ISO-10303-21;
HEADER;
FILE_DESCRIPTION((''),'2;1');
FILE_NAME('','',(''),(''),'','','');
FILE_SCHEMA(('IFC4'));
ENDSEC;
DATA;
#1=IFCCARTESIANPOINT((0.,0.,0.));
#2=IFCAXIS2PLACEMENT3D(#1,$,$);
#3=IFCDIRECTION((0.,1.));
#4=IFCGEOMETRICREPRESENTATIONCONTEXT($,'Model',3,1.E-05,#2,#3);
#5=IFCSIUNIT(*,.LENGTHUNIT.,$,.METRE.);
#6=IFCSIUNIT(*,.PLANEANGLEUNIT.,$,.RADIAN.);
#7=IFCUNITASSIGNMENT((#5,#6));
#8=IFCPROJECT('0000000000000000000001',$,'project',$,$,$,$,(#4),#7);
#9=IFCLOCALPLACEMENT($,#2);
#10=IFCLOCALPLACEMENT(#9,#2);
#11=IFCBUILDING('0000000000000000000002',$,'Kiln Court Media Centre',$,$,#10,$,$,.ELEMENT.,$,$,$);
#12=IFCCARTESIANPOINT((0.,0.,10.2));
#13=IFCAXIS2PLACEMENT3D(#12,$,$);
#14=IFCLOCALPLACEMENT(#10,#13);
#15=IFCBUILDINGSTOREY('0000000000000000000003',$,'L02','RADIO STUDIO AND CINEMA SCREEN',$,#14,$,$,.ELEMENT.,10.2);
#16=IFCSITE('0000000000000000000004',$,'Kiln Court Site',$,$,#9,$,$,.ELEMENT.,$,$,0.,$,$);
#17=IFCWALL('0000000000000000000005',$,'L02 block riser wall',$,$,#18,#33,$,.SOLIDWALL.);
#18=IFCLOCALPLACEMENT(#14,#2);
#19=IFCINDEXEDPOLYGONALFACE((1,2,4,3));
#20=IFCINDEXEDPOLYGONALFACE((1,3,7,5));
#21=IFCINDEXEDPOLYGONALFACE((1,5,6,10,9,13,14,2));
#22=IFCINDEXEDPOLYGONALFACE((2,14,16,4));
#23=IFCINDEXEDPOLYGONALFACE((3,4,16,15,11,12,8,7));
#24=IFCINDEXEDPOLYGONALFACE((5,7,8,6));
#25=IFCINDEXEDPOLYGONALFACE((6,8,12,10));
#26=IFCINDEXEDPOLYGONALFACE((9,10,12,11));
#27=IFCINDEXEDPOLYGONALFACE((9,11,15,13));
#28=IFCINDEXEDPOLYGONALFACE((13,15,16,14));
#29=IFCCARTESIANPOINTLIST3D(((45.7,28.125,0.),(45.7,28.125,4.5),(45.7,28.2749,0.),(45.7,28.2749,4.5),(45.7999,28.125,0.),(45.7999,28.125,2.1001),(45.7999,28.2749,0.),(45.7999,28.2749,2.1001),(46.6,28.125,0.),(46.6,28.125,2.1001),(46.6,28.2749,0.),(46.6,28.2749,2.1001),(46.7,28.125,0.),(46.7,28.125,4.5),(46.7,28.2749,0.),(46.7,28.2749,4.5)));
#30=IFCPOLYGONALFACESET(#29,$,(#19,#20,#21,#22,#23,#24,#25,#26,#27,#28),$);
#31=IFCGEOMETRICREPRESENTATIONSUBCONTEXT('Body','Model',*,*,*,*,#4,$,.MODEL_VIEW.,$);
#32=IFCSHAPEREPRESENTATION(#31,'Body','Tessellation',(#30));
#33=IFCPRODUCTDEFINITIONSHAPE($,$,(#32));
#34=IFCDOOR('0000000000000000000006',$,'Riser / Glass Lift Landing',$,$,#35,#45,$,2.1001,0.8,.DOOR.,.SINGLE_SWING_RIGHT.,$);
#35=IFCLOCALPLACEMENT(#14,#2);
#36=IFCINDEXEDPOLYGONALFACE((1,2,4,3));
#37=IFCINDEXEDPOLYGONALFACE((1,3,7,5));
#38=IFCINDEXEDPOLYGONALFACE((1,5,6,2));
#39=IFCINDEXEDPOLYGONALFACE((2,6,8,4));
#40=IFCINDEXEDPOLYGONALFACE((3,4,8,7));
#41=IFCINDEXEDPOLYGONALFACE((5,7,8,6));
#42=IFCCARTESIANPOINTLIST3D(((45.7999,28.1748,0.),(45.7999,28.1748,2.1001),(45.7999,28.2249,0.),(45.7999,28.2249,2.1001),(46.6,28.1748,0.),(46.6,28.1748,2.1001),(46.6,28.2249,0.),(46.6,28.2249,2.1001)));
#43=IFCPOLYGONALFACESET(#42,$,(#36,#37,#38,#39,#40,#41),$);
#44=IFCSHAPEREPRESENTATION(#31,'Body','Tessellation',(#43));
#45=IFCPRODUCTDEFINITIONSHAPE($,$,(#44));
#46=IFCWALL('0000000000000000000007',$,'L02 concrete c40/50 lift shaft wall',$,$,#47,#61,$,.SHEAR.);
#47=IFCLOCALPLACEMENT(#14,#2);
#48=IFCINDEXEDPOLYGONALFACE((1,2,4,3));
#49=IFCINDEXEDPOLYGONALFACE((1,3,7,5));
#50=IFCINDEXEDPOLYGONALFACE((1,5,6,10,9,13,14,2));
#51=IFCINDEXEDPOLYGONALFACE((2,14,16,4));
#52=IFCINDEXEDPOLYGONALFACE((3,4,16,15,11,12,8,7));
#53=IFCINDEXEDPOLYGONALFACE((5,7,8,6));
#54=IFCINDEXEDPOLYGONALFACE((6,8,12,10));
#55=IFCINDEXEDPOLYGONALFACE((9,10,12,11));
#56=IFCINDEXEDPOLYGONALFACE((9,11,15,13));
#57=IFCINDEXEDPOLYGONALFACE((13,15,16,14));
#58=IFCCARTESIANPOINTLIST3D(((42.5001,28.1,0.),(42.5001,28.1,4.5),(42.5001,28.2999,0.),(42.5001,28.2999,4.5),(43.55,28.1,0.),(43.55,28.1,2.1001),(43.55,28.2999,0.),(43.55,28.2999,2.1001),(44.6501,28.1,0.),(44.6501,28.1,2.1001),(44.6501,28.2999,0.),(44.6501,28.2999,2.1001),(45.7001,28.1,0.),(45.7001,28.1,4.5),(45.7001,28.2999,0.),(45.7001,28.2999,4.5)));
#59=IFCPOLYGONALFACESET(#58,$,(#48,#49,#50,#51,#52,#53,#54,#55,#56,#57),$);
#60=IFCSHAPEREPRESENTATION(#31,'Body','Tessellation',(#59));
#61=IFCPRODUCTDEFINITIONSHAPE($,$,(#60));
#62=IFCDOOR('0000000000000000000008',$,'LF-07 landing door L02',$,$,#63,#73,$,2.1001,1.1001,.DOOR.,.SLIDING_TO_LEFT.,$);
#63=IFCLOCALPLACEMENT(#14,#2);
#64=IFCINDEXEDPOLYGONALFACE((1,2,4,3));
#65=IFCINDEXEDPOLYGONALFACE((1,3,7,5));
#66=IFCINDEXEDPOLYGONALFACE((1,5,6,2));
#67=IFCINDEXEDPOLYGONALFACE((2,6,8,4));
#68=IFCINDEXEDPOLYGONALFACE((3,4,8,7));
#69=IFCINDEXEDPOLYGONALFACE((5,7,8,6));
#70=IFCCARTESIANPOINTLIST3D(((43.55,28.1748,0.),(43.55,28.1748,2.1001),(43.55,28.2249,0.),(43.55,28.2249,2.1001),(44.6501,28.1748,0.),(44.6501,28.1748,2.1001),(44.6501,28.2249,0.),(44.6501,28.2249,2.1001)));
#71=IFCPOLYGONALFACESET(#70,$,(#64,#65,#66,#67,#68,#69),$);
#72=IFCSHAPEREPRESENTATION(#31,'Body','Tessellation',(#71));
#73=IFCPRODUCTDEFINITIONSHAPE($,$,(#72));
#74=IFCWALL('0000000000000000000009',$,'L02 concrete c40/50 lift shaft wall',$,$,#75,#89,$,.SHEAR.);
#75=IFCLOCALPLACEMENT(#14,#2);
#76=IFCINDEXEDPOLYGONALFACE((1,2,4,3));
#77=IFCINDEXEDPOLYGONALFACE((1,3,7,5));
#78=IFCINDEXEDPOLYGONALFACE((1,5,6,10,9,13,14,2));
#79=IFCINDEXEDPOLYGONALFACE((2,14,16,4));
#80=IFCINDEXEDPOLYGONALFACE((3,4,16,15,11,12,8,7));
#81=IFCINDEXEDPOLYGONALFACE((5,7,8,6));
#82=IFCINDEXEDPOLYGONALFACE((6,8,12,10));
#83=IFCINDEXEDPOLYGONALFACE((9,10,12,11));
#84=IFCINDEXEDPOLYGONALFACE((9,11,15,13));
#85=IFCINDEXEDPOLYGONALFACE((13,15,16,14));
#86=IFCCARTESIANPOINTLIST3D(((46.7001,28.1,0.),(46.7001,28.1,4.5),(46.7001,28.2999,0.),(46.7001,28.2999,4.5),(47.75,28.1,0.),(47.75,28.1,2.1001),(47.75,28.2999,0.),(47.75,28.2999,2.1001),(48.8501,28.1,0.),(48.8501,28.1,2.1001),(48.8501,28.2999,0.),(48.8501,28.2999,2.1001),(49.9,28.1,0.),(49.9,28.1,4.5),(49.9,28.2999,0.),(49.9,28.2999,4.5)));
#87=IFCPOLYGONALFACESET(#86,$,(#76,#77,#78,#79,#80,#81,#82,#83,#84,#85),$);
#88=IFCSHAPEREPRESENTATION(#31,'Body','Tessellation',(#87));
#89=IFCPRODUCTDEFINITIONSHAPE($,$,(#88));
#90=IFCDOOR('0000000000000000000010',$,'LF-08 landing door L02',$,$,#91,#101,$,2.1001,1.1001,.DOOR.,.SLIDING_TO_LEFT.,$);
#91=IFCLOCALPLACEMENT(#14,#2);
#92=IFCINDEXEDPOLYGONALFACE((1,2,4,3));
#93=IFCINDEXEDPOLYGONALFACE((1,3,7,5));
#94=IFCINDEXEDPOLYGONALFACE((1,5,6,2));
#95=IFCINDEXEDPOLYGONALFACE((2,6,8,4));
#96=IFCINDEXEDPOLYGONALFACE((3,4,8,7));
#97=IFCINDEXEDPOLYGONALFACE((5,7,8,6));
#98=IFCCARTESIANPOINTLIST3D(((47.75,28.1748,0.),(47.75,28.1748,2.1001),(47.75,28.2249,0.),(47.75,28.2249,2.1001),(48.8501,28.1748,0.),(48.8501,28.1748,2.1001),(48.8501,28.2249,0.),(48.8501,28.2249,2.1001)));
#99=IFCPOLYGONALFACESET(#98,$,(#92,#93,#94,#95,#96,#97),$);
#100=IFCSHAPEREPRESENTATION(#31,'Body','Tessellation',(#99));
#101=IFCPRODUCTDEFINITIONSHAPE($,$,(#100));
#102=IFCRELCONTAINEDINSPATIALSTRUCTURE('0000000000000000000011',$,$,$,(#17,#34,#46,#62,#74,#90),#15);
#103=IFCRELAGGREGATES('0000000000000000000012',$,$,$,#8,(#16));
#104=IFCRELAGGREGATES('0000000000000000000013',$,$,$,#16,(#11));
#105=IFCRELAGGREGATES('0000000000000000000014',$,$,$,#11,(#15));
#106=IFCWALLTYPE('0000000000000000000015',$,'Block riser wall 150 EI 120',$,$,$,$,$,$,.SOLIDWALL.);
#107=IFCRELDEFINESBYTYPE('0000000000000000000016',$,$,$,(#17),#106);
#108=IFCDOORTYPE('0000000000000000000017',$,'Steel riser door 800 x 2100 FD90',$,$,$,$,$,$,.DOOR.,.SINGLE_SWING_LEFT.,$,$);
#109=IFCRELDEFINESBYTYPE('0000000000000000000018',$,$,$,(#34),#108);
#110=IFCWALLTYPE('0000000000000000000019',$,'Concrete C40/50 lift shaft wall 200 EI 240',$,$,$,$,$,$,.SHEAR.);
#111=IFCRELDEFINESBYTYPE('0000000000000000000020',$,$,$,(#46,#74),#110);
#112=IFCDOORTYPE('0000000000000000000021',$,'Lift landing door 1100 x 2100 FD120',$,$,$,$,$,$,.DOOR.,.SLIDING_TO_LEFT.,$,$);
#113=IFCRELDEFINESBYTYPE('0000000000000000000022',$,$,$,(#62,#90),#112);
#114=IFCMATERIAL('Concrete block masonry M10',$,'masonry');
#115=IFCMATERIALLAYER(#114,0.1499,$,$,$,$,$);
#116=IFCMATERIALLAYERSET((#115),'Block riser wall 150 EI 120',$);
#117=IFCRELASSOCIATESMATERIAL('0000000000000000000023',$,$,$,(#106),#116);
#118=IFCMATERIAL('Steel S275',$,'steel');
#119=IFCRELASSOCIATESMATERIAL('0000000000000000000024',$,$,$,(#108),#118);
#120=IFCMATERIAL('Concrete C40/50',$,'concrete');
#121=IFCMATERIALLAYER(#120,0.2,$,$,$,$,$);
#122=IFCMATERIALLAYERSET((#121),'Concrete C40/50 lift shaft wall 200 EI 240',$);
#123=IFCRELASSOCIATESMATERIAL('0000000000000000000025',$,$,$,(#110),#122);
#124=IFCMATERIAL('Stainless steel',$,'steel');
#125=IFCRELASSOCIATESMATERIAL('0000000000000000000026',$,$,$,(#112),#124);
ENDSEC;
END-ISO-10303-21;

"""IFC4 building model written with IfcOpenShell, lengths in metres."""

from ifc_helpers import new_model, si_unit, direction, frame, frame_2d, origin, place, context, subcontext, project, spatial, rectangle, extrude, material, layer, layer_set, type_object, element, fill, save


model = new_model("IFC4")

# Units and contexts
model_context = context("Model", 3, precision=1e-05, world=origin(), true_north=direction((0.0, 1.0)))
body_context = subcontext(model_context, "Body", "Model", "MODEL_VIEW")
ifc_project = project(units=[si_unit("LENGTHUNIT", "METRE"), si_unit("PLANEANGLEUNIT", "RADIAN")], contexts=[model_context])

# Site, building, storey
site_placement = place(None, origin())
site = spatial("IfcSite", under=ifc_project, at=site_placement, Name="Kiln Court Site", CompositionType="ELEMENT", RefElevation=0.0)
building_placement = place(site_placement, origin())
building = spatial("IfcBuilding", under=site, at=building_placement, Name="Kiln Court Media Centre", CompositionType="ELEMENT")
storey_placement = place(building_placement, frame((0.0, 0.0, 10.2)))
storey = spatial("IfcBuildingStorey", under=building, at=storey_placement, Name="L02", Description="RADIO STUDIO AND CINEMA SCREEN", CompositionType="ELEMENT", Elevation=10.2)

# Walls, openings, doors
ifc_material_1 = material(Name="Concrete block masonry M10", Category="masonry")
ifc_layer_1 = layer(ifc_material_1, 0.1499)
ifc_layer_set_1 = layer_set([ifc_layer_1], Name="Block riser wall 150 EI 120")
wall_type_1 = type_object("IfcWallType", Name="Block riser wall 150 EI 120", PredefinedType="SOLIDWALL", material=ifc_layer_set_1)
wall_1_placement = place(storey_placement, frame((45.7, 28.2, 0.0), z_axis=(0.0, 0.0, 1.0), x_axis=(1.0, 0.0, 0.0)))
wall_1 = element("IfcWall", 1, at=wall_1_placement, inside=storey, type_object=wall_type_1, Name="L02 block riser wall", PredefinedType="SOLIDWALL", context=body_context, shape_type="SweptSolid", body=[
    extrude(rectangle(XDim=1.0, YDim=0.1499, at=frame_2d((0.5, 0.0))), origin(), (0.0, 0.0, 1.0), 4.5),
])
opening_1_placement = place(wall_1_placement, frame((0.1001, 0.0, 0.0)))
opening_1 = element("IfcOpeningElement", 2, at=opening_1_placement, cuts=wall_1, PredefinedType="OPENING", context=body_context, shape_type="SweptSolid", body=[
    extrude(rectangle(XDim=0.8, YDim=2.1001, at=frame_2d((0.3999, 1.05))), frame((0.0, 0.085, 0.0), z_axis=(0.0, -1.0, 0.0), x_axis=(1.0, 0.0, 0.0)), (0.0, 0.0, 1.0), 0.1699),
])
ifc_material_2 = material(Name="Steel S275", Category="steel")
door_type_1 = type_object("IfcDoorType", Name="Steel riser door 800 x 2100 FD90", OperationType="SINGLE_SWING_LEFT", PredefinedType="DOOR", material=ifc_material_2)
door_1_placement = place(opening_1_placement, origin())
door_1 = element("IfcDoor", 3, at=door_1_placement, inside=storey, type_object=door_type_1, Name="Riser / Glass Lift Landing", OperationType="SINGLE_SWING_RIGHT", OverallHeight=2.1001, OverallWidth=0.8, PredefinedType="DOOR", context=body_context, shape_type="SweptSolid", body=[
    extrude(rectangle(XDim=0.8, YDim=2.1001, at=frame_2d((0.3999, 1.05))), frame((0.0, 0.0249, 0.0), z_axis=(0.0, -1.0, 0.0), x_axis=(1.0, 0.0, 0.0)), (0.0, 0.0, 1.0), 0.05),
])
fill(opening_1, door_1)
ifc_material_3 = material(Name="Concrete C40/50", Category="concrete")
ifc_layer_2 = layer(ifc_material_3, 0.2)
ifc_layer_set_2 = layer_set([ifc_layer_2], Name="Concrete C40/50 lift shaft wall 200 EI 240")
wall_type_2 = type_object("IfcWallType", Name="Concrete C40/50 lift shaft wall 200 EI 240", PredefinedType="SHEAR", material=ifc_layer_set_2)
wall_2_placement = place(storey_placement, frame((42.5, 28.2, 0.0), z_axis=(0.0, 0.0, 1.0), x_axis=(1.0, 0.0, 0.0)))
wall_2 = element("IfcWall", 4, at=wall_2_placement, inside=storey, type_object=wall_type_2, Name="L02 concrete c40/50 lift shaft wall", PredefinedType="SHEAR", context=body_context, shape_type="SweptSolid", body=[
    extrude(rectangle(XDim=3.2, YDim=0.2, at=frame_2d((1.6001, 0.0))), origin(), (0.0, 0.0, 1.0), 4.5),
])
opening_2_placement = place(wall_2_placement, frame((1.05, 0.0, 0.0)))
opening_2 = element("IfcOpeningElement", 5, at=opening_2_placement, cuts=wall_2, PredefinedType="OPENING", context=body_context, shape_type="SweptSolid", body=[
    extrude(rectangle(XDim=1.1001, YDim=2.1001, at=frame_2d((0.55, 1.05))), frame((0.0, 0.1099, 0.0), z_axis=(0.0, -1.0, 0.0), x_axis=(1.0, 0.0, 0.0)), (0.0, 0.0, 1.0), 0.22),
])
ifc_material_4 = material(Name="Stainless steel", Category="steel")
door_type_2 = type_object("IfcDoorType", Name="Lift landing door 1100 x 2100 FD120", OperationType="SLIDING_TO_LEFT", PredefinedType="DOOR", material=ifc_material_4)
door_2_placement = place(opening_2_placement, origin())
door_2 = element("IfcDoor", 6, at=door_2_placement, inside=storey, type_object=door_type_2, Name="LF-07 landing door L02", OperationType="SLIDING_TO_LEFT", OverallHeight=2.1001, OverallWidth=1.1001, PredefinedType="DOOR", context=body_context, shape_type="SweptSolid", body=[
    extrude(rectangle(XDim=1.1001, YDim=2.1001, at=frame_2d((0.55, 1.05))), frame((0.0, 0.0249, 0.0), z_axis=(0.0, -1.0, 0.0), x_axis=(1.0, 0.0, 0.0)), (0.0, 0.0, 1.0), 0.05),
])
fill(opening_2, door_2)
wall_3_placement = place(storey_placement, frame((46.7, 28.2, 0.0), z_axis=(0.0, 0.0, 1.0), x_axis=(1.0, 0.0, 0.0)))
wall_3 = element("IfcWall", 7, at=wall_3_placement, inside=storey, type_object=wall_type_2, Name="L02 concrete c40/50 lift shaft wall", PredefinedType="SHEAR", context=body_context, shape_type="SweptSolid", body=[
    extrude(rectangle(XDim=3.2, YDim=0.2, at=frame_2d((1.6001, 0.0))), origin(), (0.0, 0.0, 1.0), 4.5),
])
opening_3_placement = place(wall_3_placement, frame((1.05, 0.0, 0.0)))
opening_3 = element("IfcOpeningElement", 8, at=opening_3_placement, cuts=wall_3, PredefinedType="OPENING", context=body_context, shape_type="SweptSolid", body=[
    extrude(rectangle(XDim=1.1001, YDim=2.1001, at=frame_2d((0.55, 1.05))), frame((0.0, 0.1099, 0.0), z_axis=(0.0, -1.0, 0.0), x_axis=(1.0, 0.0, 0.0)), (0.0, 0.0, 1.0), 0.22),
])
door_3_placement = place(opening_3_placement, origin())
door_3 = element("IfcDoor", 9, at=door_3_placement, inside=storey, type_object=door_type_2, Name="LF-08 landing door L02", OperationType="SLIDING_TO_LEFT", OverallHeight=2.1001, OverallWidth=1.1001, PredefinedType="DOOR", context=body_context, shape_type="SweptSolid", body=[
    extrude(rectangle(XDim=1.1001, YDim=2.1001, at=frame_2d((0.55, 1.05))), frame((0.0, 0.0249, 0.0), z_axis=(0.0, -1.0, 0.0), x_axis=(1.0, 0.0, 0.0)), (0.0, 0.0, 1.0), 0.05),
])
fill(opening_3, door_3)

save(model, "model.ifc")
